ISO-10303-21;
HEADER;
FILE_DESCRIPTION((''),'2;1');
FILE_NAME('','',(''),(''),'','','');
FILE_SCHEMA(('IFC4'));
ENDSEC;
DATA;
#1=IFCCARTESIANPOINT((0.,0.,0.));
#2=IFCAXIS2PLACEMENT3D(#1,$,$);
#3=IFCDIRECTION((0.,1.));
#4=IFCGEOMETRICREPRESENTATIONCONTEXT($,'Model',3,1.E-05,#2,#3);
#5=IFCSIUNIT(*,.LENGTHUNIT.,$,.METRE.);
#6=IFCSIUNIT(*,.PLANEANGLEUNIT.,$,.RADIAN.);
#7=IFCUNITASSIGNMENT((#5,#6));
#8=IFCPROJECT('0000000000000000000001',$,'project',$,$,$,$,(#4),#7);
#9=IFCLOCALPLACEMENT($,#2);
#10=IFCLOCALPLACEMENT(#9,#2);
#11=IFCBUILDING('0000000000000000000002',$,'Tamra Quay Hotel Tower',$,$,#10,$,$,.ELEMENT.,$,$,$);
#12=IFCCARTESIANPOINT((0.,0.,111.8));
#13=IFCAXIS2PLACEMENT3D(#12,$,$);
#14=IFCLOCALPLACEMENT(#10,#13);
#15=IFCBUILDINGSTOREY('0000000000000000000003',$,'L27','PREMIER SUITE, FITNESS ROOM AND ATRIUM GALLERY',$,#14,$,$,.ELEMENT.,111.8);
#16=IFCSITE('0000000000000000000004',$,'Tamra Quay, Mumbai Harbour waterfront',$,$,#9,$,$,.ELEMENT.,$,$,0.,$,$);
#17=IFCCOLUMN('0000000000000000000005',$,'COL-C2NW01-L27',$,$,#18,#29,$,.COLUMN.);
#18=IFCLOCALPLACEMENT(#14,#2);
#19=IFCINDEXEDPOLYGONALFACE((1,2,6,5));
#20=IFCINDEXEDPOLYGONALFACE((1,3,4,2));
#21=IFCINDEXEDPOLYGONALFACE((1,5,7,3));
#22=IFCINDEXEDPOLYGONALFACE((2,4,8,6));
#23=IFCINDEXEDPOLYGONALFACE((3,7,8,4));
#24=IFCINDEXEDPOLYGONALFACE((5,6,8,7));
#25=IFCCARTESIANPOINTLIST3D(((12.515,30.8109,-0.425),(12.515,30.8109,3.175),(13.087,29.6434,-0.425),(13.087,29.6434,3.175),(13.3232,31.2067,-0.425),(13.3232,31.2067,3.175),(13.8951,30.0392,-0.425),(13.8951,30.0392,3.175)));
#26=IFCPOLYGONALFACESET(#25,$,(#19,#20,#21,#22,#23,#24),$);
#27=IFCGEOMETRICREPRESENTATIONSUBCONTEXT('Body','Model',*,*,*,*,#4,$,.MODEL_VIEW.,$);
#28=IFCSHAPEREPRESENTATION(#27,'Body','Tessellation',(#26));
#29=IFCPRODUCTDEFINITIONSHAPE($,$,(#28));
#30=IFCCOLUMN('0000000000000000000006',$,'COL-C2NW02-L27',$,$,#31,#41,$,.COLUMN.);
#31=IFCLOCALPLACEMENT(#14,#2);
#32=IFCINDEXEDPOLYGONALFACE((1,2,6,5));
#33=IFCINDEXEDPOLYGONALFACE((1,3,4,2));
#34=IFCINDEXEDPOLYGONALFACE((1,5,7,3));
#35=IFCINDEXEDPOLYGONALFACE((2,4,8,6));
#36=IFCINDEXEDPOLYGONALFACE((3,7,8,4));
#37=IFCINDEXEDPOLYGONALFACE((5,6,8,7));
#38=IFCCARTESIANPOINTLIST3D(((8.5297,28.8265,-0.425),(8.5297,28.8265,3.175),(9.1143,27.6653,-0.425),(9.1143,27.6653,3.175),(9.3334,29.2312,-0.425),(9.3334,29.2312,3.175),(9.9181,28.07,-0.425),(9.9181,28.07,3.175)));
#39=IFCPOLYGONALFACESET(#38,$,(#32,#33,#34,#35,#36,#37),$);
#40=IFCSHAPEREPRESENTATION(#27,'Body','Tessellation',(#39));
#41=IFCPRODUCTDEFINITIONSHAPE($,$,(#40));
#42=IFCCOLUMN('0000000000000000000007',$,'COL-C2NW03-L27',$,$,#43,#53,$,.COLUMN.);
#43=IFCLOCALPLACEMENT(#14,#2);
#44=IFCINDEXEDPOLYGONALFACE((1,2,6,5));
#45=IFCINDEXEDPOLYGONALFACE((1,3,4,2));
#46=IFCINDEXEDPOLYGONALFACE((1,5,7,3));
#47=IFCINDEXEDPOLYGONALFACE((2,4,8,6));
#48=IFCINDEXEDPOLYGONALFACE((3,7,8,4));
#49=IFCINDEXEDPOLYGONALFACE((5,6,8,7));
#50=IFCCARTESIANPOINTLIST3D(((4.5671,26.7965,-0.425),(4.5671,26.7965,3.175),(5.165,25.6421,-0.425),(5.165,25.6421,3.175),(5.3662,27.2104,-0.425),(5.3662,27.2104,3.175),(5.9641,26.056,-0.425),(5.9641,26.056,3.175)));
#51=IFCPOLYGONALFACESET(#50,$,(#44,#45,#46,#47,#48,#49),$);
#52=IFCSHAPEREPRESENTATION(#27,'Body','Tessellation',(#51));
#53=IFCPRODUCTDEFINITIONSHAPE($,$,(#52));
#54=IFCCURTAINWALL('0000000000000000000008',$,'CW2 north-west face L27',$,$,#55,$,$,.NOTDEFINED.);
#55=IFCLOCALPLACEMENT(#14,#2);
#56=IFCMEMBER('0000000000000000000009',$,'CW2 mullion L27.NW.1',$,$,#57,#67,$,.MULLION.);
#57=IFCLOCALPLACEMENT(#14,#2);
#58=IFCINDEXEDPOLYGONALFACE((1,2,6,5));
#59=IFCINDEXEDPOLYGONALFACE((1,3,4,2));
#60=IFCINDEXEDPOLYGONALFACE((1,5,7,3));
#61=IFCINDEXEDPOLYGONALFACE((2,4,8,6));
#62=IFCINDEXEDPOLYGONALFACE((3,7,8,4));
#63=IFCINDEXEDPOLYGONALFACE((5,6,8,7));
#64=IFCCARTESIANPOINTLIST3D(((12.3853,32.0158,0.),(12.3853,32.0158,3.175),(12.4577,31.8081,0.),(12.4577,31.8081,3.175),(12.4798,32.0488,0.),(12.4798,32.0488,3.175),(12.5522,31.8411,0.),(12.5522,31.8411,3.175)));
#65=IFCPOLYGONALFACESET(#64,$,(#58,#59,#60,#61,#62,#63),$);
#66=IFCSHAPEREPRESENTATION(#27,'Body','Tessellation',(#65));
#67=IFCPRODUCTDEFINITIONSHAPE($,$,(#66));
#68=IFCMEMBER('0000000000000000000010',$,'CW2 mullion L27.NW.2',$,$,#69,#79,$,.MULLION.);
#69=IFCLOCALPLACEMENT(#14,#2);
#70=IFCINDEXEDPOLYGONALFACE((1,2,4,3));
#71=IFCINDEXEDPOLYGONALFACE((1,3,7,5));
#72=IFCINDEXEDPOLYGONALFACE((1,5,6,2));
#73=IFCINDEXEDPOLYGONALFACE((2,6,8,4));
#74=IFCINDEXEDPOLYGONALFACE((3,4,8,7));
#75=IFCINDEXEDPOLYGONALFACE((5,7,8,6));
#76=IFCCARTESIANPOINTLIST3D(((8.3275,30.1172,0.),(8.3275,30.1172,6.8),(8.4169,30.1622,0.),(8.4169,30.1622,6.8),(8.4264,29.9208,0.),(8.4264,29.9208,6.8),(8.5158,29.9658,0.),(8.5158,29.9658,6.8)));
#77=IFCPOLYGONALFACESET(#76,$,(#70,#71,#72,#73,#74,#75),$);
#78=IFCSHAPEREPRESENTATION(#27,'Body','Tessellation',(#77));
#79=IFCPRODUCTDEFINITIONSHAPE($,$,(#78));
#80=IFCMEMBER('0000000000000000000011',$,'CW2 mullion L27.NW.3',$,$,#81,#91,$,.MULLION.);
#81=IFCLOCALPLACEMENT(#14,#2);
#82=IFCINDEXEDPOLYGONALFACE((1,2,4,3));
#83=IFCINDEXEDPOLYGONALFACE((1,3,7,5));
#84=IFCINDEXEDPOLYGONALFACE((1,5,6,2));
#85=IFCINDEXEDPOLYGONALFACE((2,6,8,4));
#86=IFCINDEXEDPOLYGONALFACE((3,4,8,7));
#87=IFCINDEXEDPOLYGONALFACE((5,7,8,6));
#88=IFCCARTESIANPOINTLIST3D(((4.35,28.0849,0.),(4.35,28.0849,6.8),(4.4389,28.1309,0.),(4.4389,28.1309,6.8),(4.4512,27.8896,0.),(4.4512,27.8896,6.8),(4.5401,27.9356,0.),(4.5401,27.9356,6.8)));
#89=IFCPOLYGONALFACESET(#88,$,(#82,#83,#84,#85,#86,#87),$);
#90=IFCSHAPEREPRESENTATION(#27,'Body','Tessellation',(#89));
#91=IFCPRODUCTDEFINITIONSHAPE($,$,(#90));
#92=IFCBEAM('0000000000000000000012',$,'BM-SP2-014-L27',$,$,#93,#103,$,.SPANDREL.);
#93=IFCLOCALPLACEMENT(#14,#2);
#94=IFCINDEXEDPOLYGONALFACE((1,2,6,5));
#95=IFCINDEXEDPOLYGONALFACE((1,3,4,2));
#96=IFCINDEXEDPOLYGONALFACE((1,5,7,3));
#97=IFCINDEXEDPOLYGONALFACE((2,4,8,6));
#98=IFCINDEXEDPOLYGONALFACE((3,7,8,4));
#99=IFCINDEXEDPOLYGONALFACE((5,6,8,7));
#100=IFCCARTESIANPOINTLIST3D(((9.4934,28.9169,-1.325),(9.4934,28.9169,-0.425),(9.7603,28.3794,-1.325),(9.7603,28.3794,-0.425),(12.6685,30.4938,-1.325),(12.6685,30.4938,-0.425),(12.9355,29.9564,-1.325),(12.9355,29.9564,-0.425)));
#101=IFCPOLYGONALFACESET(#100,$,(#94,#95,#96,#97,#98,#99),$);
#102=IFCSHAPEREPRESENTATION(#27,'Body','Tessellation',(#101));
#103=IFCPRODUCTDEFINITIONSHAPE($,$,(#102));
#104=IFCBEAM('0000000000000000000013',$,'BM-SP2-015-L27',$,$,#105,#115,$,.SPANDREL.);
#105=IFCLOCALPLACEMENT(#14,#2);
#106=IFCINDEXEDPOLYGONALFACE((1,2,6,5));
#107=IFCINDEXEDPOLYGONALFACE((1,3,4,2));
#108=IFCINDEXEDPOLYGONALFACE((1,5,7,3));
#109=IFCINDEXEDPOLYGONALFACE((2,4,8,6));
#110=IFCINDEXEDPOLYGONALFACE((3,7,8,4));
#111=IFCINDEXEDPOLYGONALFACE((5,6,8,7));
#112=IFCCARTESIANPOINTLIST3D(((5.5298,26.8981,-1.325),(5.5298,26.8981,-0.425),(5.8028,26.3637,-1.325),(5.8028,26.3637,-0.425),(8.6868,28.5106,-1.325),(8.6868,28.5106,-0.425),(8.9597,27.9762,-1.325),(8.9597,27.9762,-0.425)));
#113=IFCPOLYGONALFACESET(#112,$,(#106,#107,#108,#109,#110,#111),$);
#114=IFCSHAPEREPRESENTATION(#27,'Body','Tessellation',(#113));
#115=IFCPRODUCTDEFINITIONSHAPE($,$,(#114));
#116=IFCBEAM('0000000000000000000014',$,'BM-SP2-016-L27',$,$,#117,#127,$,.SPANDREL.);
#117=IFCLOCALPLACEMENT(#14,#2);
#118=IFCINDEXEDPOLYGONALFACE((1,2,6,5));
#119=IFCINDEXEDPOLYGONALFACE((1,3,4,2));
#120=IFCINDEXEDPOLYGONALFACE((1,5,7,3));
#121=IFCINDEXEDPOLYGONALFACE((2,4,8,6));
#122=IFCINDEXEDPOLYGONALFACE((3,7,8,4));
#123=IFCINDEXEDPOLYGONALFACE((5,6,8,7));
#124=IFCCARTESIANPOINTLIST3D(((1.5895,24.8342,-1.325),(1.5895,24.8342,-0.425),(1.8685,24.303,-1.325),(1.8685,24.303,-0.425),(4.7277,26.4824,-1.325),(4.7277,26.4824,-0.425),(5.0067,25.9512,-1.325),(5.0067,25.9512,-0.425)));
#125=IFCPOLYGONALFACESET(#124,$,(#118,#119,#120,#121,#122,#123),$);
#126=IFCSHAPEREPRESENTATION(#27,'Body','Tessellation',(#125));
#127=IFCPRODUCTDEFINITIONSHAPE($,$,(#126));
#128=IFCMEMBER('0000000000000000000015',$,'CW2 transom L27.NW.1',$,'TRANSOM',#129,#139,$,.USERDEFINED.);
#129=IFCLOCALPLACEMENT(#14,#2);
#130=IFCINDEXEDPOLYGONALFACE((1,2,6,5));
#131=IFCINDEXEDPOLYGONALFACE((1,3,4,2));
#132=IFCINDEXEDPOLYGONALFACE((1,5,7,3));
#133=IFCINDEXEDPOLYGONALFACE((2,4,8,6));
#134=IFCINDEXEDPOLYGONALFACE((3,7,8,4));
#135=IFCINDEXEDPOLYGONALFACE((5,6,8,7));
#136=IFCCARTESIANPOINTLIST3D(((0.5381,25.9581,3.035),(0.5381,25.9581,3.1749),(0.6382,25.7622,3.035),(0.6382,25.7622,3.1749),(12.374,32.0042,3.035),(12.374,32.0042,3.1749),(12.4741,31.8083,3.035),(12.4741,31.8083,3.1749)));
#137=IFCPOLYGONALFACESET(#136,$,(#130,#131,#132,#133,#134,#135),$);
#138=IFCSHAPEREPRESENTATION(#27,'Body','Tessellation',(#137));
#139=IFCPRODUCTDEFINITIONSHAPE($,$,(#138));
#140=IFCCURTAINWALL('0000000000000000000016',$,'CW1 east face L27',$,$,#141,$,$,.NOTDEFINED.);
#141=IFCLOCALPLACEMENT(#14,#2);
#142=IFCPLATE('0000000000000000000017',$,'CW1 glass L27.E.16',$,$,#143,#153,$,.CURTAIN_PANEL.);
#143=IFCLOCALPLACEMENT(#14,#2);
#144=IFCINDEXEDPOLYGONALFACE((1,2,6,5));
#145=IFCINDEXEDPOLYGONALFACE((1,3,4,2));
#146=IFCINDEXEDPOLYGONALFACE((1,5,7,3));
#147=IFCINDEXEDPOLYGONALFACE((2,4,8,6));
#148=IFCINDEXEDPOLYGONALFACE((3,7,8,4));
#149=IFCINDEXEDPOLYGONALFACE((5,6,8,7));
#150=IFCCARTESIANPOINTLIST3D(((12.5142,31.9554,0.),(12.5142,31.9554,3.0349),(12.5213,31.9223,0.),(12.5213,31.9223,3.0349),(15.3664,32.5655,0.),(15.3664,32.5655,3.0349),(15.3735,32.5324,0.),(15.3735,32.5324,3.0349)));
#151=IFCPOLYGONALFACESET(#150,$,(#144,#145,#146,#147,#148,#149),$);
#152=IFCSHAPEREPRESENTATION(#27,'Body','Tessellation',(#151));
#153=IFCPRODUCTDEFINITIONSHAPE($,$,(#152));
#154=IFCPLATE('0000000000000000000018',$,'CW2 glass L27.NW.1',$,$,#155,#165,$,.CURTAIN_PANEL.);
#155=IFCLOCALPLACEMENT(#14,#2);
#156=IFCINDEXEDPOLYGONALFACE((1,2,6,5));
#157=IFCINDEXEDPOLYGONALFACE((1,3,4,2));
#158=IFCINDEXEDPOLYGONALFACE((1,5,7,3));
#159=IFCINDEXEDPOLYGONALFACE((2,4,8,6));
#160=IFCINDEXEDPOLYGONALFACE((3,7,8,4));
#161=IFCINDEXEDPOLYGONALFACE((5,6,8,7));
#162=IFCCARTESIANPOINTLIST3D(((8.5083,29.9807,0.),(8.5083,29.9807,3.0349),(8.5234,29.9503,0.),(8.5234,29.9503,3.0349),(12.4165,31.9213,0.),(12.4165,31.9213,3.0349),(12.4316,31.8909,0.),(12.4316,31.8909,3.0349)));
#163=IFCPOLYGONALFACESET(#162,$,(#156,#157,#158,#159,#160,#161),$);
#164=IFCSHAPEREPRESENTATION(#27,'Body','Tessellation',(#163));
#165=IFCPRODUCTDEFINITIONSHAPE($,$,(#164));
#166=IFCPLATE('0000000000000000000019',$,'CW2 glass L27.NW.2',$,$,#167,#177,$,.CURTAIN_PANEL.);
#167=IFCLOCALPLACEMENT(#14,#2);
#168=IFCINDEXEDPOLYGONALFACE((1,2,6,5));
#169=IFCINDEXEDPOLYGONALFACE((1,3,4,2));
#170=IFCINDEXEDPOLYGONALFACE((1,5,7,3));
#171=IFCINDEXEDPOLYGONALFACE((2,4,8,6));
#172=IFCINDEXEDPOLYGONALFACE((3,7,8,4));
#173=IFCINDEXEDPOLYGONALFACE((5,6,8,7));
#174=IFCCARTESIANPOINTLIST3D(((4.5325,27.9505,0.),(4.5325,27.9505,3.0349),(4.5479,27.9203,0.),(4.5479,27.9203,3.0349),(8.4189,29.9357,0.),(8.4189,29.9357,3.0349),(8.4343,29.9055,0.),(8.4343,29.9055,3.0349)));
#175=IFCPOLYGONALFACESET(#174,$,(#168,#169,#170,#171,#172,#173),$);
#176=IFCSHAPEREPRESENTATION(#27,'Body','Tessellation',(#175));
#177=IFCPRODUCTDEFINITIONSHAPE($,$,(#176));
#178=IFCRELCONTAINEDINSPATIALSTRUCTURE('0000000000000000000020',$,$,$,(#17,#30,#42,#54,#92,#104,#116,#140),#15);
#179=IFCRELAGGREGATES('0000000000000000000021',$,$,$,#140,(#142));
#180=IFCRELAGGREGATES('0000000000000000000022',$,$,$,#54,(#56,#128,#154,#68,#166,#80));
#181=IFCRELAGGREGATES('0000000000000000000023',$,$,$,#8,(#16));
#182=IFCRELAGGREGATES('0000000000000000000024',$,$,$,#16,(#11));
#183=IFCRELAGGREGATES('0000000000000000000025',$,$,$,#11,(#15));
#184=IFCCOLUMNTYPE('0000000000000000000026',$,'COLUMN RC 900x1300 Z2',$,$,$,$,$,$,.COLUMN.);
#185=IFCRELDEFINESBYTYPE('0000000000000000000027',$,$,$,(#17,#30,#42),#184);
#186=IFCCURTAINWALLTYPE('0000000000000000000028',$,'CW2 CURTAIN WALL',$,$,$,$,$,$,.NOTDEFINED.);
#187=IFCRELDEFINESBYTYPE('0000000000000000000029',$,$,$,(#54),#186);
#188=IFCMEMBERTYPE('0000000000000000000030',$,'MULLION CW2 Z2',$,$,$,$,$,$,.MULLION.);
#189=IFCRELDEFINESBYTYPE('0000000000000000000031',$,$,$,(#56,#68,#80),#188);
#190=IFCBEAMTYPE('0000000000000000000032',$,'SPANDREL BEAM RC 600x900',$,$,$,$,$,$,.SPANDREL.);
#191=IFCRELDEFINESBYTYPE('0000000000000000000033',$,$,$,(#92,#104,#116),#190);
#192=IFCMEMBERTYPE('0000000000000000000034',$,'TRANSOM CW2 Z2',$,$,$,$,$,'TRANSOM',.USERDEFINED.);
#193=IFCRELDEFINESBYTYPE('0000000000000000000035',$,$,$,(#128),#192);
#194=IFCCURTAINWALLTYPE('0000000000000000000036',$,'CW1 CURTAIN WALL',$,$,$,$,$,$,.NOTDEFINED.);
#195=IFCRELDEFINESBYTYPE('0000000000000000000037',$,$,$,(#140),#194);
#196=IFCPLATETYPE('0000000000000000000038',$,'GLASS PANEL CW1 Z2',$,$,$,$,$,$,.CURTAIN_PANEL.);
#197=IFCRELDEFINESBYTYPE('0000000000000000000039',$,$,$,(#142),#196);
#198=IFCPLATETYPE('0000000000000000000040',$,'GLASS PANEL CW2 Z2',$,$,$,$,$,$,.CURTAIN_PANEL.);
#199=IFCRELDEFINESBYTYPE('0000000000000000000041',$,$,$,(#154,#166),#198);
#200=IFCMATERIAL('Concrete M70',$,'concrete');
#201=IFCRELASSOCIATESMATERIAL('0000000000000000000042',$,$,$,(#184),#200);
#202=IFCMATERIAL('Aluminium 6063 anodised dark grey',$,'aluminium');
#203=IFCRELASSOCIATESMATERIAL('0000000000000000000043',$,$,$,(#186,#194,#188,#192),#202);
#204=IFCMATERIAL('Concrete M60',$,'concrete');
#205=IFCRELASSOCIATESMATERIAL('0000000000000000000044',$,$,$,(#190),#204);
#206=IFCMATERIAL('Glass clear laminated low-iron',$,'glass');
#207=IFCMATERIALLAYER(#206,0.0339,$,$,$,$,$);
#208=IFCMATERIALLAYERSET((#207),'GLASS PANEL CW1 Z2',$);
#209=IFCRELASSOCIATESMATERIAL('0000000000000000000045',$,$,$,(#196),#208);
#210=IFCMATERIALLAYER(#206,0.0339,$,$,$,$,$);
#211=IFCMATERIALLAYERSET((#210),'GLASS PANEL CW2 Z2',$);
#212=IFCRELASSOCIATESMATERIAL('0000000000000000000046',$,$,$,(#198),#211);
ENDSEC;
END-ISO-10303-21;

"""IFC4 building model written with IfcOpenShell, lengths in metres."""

from ifc_helpers import new_model, si_unit, direction, frame, origin, origin_2d, place, context, subcontext, project, spatial, rectangle, extrude, material, layer, layer_set, material_profile, profile_set, type_object, element, aggregate, save


model = new_model("IFC4")

# Units and contexts
model_context = context("Model", 3, precision=1e-05, world=origin(), true_north=direction((0.0, 1.0)))
body_context = subcontext(model_context, "Body", "Model", "MODEL_VIEW")
ifc_project = project(units=[si_unit("LENGTHUNIT", "METRE"), si_unit("PLANEANGLEUNIT", "RADIAN")], contexts=[model_context])

# Site, building, storey
site_placement = place(None, origin())
site = spatial("IfcSite", under=ifc_project, at=site_placement, Name="Tamra Quay, Mumbai Harbour waterfront", CompositionType="ELEMENT", RefElevation=0.0)
building_placement = place(site_placement, origin())
building = spatial("IfcBuilding", under=site, at=building_placement, Name="Tamra Quay Hotel Tower", CompositionType="ELEMENT")
storey_placement = place(building_placement, frame((0.0, 0.0, 111.8)))
storey = spatial("IfcBuildingStorey", under=building, at=storey_placement, Name="L27", Description="PREMIER SUITE, FITNESS ROOM AND ATRIUM GALLERY", CompositionType="ELEMENT", Elevation=111.8)

# Columns
ifc_material_1 = material(Name="Concrete M70", Category="concrete")
ifc_material_profile_1 = material_profile(ifc_material_1, rectangle(XDim=1.3, YDim=0.8999, at=origin_2d()), Name="COLUMN RC 900x1300 Z2")
ifc_profile_set_1 = profile_set([ifc_material_profile_1], Name="Concrete M70")
column_type = type_object("IfcColumnType", Name="COLUMN RC 900x1300 Z2", PredefinedType="COLUMN", material=ifc_profile_set_1)
for number, where, z_axis, x_axis, name in (
    (1, (13.2051, 30.425, -0.425), (0.0, 0.0, 1.0), (-0.439916, 0.898039, 0.0), "COL-C2NW01-L27"),
    (2, (9.2239, 28.4482, -0.425), (0.0, 0.0, 1.0), (-0.449727, 0.893166, 0.0), "COL-C2NW02-L27"),
    (3, (5.2656, 26.4263, -0.425), (0.0, 0.0, 1.0), (-0.45989, 0.887976, 0.0), "COL-C2NW03-L27"),
):
    element("IfcColumn", number, at=place(storey_placement, frame(where, z_axis=z_axis, x_axis=x_axis)), inside=storey, type_object=column_type, Name=name, PredefinedType="COLUMN", context=body_context, shape_type="SweptSolid", body=[
        extrude(rectangle(XDim=1.3, YDim=0.8999, at=origin_2d()), origin(), (0.0, 0.0, 1.0), 3.6001),
    ])

# Curtain wall, members
ifc_material_2 = material(Name="Aluminium 6063 anodised dark grey", Category="aluminium")
curtain_wall_type_1 = type_object("IfcCurtainWallType", Name="CW2 CURTAIN WALL", PredefinedType="NOTDEFINED", material=ifc_material_2)
curtain_wall_1_placement = place(storey_placement, origin())
curtain_wall_1 = element("IfcCurtainWall", 4, at=curtain_wall_1_placement, inside=storey, type_object=curtain_wall_type_1, Name="CW2 north-west face L27", PredefinedType="NOTDEFINED")
ifc_material_profile_2 = material_profile(ifc_material_2, rectangle(XDim=0.22, YDim=0.1001, at=origin_2d()), Name="MULLION 100X220")
ifc_profile_set_2 = profile_set([ifc_material_profile_2], Name="Aluminium 6063 anodised dark grey")
member_type_1 = type_object("IfcMemberType", Name="MULLION CW2 Z2", PredefinedType="MULLION", material=ifc_profile_set_2)
member_1_placement = place(storey_placement, frame((12.4688, 31.9285, 0.0), z_axis=(0.0, 0.0, 1.0), x_axis=(-0.329532, 0.944144, 0.0)))
member_1 = element("IfcMember", 5, at=member_1_placement, type_object=member_type_1, Name="CW2 mullion L27.NW.1", PredefinedType="MULLION", context=body_context, shape_type="SweptSolid", body=[
    extrude(rectangle(XDim=0.22, YDim=0.1001, at=origin_2d()), origin(), (0.0, 0.0, 1.0), 3.175),
])
member_2_placement = place(storey_placement, frame((8.4216, 30.0415, 0.0), z_axis=(0.0, 0.0, 1.0), x_axis=(-0.449827, 0.893116, 0.0)))
member_2 = element("IfcMember", 6, at=member_2_placement, type_object=member_type_1, Name="CW2 mullion L27.NW.2", PredefinedType="MULLION", context=body_context, shape_type="SweptSolid", body=[
    extrude(rectangle(XDim=0.22, YDim=0.1001, at=origin_2d()), origin(), (0.0, 0.0, 1.0), 6.8),
])
member_3_placement = place(storey_placement, frame((4.4451, 28.0103, 0.0), z_axis=(0.0, 0.0, 1.0), x_axis=(-0.45996, 0.88794, 0.0)))
member_3 = element("IfcMember", 7, at=member_3_placement, type_object=member_type_1, Name="CW2 mullion L27.NW.3", PredefinedType="MULLION", context=body_context, shape_type="SweptSolid", body=[
    extrude(rectangle(XDim=0.22, YDim=0.1001, at=origin_2d()), origin(), (0.0, 0.0, 1.0), 6.8),
])

# Beams
ifc_material_3 = material(Name="Concrete M60", Category="concrete")
ifc_material_profile_3 = material_profile(ifc_material_3, rectangle(XDim=0.6001, YDim=0.8999, at=origin_2d()), Name="SPANDREL BEAM RC 600x900")
ifc_profile_set_3 = profile_set([ifc_material_profile_3], Name="Concrete M60")
beam_type = type_object("IfcBeamType", Name="SPANDREL BEAM RC 600x900", PredefinedType="SPANDREL", material=ifc_profile_set_3)
beam_1_placement = place(storey_placement, frame((12.802, 30.2251, -0.875), z_axis=(-0.895622, -0.444815, 0.0), x_axis=(0.444815, -0.895622, 0.0)))
element("IfcBeam", 8, at=beam_1_placement, inside=storey, type_object=beam_type, Name="BM-SP2-014-L27", PredefinedType="SPANDREL", context=body_context, shape_type="SweptSolid", body=[
    extrude(rectangle(XDim=0.6001, YDim=0.8999, at=origin_2d()), origin(), (0.0, 0.0, 1.0), 3.5452),
])
beam_2_placement = place(storey_placement, frame((8.8232, 28.2434, -0.875), z_axis=(-0.890551, -0.454883, 0.0), x_axis=(0.454883, -0.890551, 0.0)))
element("IfcBeam", 9, at=beam_2_placement, inside=storey, type_object=beam_type, Name="BM-SP2-015-L27", PredefinedType="SPANDREL", context=body_context, shape_type="SweptSolid", body=[
    extrude(rectangle(XDim=0.6001, YDim=0.8999, at=origin_2d()), origin(), (0.0, 0.0, 1.0), 3.5449),
])
beam_3_placement = place(storey_placement, frame((4.8672, 26.2168, -0.875), z_axis=(-0.885323, -0.464977, 0.0), x_axis=(0.464977, -0.885323, 0.0)))
element("IfcBeam", 10, at=beam_3_placement, inside=storey, type_object=beam_type, Name="BM-SP2-016-L27", PredefinedType="SPANDREL", context=body_context, shape_type="SweptSolid", body=[
    extrude(rectangle(XDim=0.6001, YDim=0.8999, at=origin_2d()), origin(), (0.0, 0.0, 1.0), 3.5447),
])

# Member
ifc_material_profile_4 = material_profile(ifc_material_2, rectangle(XDim=0.22, YDim=0.1399, at=origin_2d()), Name="TRANSOM 220X140")
ifc_profile_set_4 = profile_set([ifc_material_profile_4], Name="Aluminium 6063 anodised dark grey")
member_type_2 = type_object("IfcMemberType", Name="TRANSOM CW2 Z2", ElementType="TRANSOM", PredefinedType="USERDEFINED", material=ifc_profile_set_4)
member_4_placement = place(storey_placement, frame((12.4241, 31.9062, 3.105), z_axis=(-0.890536, -0.454912, 0.0), x_axis=(0.454912, -0.890536, 0.0)))
member_4 = element("IfcMember", 11, at=member_4_placement, type_object=member_type_2, Name="CW2 transom L27.NW.1", ObjectType="TRANSOM", PredefinedType="USERDEFINED", context=body_context, shape_type="SweptSolid", body=[
    extrude(rectangle(XDim=0.22, YDim=0.1399, at=origin_2d()), origin(), (0.0, 0.0, 1.0), 13.2908),
])

# Curtain wall, plate
curtain_wall_type_2 = type_object("IfcCurtainWallType", Name="CW1 CURTAIN WALL", PredefinedType="NOTDEFINED", material=ifc_material_2)
curtain_wall_2_placement = place(storey_placement, origin())
curtain_wall_2 = element("IfcCurtainWall", 12, at=curtain_wall_2_placement, inside=storey, type_object=curtain_wall_type_2, Name="CW1 east face L27", PredefinedType="NOTDEFINED")
ifc_material_4 = material(Name="Glass clear laminated low-iron", Category="glass")
ifc_layer_1 = layer(ifc_material_4, 0.0339)
ifc_layer_set_1 = layer_set([ifc_layer_1], Name="GLASS PANEL CW1 Z2")
plate_type_1 = type_object("IfcPlateType", Name="GLASS PANEL CW1 Z2", PredefinedType="CURTAIN_PANEL", material=ifc_layer_set_1)
plate_1_placement = place(storey_placement, frame((13.9438, 32.2439, 0.0), z_axis=(0.0, 0.0, 1.0), x_axis=(-0.977879, -0.209172, 0.0)))
plate_1 = element("IfcPlate", 13, at=plate_1_placement, type_object=plate_type_1, Name="CW1 glass L27.E.16", PredefinedType="CURTAIN_PANEL", context=body_context, shape_type="SweptSolid", body=[
    extrude(rectangle(XDim=2.9167, YDim=0.0339, at=origin_2d()), origin(), (0.0, 0.0, 1.0), 3.0349),
])
aggregate(curtain_wall_2, [plate_1])

# Plates
ifc_layer_2 = layer(ifc_material_4, 0.0339)
ifc_layer_set_2 = layer_set([ifc_layer_2], Name="GLASS PANEL CW2 Z2")
plate_type_2 = type_object("IfcPlateType", Name="GLASS PANEL CW2 Z2", PredefinedType="CURTAIN_PANEL", material=ifc_layer_set_2)
plate_2_placement = place(storey_placement, frame((10.47, 30.9358, 0.0), z_axis=(0.0, 0.0, 1.0), x_axis=(-0.895658, -0.444743, 0.0)))
plate_2 = element("IfcPlate", 14, at=plate_2_placement, type_object=plate_type_2, Name="CW2 glass L27.NW.1", PredefinedType="CURTAIN_PANEL", context=body_context, shape_type="SweptSolid", body=[
    extrude(rectangle(XDim=4.3635, YDim=0.0339, at=origin_2d()), origin(), (0.0, 0.0, 1.0), 3.0349),
])
plate_3_placement = place(storey_placement, frame((6.4834, 28.928, 0.0), z_axis=(0.0, 0.0, 1.0), x_axis=(-0.890544, -0.454896, 0.0)))
plate_3 = element("IfcPlate", 15, at=plate_3_placement, type_object=plate_type_2, Name="CW2 glass L27.NW.2", PredefinedType="CURTAIN_PANEL", context=body_context, shape_type="SweptSolid", body=[
    extrude(rectangle(XDim=4.364, YDim=0.0339, at=origin_2d()), origin(), (0.0, 0.0, 1.0), 3.0349),
])
aggregate(curtain_wall_1, [member_1, member_4, plate_2, member_2, plate_3, member_3])

save(model, "model.ifc")
